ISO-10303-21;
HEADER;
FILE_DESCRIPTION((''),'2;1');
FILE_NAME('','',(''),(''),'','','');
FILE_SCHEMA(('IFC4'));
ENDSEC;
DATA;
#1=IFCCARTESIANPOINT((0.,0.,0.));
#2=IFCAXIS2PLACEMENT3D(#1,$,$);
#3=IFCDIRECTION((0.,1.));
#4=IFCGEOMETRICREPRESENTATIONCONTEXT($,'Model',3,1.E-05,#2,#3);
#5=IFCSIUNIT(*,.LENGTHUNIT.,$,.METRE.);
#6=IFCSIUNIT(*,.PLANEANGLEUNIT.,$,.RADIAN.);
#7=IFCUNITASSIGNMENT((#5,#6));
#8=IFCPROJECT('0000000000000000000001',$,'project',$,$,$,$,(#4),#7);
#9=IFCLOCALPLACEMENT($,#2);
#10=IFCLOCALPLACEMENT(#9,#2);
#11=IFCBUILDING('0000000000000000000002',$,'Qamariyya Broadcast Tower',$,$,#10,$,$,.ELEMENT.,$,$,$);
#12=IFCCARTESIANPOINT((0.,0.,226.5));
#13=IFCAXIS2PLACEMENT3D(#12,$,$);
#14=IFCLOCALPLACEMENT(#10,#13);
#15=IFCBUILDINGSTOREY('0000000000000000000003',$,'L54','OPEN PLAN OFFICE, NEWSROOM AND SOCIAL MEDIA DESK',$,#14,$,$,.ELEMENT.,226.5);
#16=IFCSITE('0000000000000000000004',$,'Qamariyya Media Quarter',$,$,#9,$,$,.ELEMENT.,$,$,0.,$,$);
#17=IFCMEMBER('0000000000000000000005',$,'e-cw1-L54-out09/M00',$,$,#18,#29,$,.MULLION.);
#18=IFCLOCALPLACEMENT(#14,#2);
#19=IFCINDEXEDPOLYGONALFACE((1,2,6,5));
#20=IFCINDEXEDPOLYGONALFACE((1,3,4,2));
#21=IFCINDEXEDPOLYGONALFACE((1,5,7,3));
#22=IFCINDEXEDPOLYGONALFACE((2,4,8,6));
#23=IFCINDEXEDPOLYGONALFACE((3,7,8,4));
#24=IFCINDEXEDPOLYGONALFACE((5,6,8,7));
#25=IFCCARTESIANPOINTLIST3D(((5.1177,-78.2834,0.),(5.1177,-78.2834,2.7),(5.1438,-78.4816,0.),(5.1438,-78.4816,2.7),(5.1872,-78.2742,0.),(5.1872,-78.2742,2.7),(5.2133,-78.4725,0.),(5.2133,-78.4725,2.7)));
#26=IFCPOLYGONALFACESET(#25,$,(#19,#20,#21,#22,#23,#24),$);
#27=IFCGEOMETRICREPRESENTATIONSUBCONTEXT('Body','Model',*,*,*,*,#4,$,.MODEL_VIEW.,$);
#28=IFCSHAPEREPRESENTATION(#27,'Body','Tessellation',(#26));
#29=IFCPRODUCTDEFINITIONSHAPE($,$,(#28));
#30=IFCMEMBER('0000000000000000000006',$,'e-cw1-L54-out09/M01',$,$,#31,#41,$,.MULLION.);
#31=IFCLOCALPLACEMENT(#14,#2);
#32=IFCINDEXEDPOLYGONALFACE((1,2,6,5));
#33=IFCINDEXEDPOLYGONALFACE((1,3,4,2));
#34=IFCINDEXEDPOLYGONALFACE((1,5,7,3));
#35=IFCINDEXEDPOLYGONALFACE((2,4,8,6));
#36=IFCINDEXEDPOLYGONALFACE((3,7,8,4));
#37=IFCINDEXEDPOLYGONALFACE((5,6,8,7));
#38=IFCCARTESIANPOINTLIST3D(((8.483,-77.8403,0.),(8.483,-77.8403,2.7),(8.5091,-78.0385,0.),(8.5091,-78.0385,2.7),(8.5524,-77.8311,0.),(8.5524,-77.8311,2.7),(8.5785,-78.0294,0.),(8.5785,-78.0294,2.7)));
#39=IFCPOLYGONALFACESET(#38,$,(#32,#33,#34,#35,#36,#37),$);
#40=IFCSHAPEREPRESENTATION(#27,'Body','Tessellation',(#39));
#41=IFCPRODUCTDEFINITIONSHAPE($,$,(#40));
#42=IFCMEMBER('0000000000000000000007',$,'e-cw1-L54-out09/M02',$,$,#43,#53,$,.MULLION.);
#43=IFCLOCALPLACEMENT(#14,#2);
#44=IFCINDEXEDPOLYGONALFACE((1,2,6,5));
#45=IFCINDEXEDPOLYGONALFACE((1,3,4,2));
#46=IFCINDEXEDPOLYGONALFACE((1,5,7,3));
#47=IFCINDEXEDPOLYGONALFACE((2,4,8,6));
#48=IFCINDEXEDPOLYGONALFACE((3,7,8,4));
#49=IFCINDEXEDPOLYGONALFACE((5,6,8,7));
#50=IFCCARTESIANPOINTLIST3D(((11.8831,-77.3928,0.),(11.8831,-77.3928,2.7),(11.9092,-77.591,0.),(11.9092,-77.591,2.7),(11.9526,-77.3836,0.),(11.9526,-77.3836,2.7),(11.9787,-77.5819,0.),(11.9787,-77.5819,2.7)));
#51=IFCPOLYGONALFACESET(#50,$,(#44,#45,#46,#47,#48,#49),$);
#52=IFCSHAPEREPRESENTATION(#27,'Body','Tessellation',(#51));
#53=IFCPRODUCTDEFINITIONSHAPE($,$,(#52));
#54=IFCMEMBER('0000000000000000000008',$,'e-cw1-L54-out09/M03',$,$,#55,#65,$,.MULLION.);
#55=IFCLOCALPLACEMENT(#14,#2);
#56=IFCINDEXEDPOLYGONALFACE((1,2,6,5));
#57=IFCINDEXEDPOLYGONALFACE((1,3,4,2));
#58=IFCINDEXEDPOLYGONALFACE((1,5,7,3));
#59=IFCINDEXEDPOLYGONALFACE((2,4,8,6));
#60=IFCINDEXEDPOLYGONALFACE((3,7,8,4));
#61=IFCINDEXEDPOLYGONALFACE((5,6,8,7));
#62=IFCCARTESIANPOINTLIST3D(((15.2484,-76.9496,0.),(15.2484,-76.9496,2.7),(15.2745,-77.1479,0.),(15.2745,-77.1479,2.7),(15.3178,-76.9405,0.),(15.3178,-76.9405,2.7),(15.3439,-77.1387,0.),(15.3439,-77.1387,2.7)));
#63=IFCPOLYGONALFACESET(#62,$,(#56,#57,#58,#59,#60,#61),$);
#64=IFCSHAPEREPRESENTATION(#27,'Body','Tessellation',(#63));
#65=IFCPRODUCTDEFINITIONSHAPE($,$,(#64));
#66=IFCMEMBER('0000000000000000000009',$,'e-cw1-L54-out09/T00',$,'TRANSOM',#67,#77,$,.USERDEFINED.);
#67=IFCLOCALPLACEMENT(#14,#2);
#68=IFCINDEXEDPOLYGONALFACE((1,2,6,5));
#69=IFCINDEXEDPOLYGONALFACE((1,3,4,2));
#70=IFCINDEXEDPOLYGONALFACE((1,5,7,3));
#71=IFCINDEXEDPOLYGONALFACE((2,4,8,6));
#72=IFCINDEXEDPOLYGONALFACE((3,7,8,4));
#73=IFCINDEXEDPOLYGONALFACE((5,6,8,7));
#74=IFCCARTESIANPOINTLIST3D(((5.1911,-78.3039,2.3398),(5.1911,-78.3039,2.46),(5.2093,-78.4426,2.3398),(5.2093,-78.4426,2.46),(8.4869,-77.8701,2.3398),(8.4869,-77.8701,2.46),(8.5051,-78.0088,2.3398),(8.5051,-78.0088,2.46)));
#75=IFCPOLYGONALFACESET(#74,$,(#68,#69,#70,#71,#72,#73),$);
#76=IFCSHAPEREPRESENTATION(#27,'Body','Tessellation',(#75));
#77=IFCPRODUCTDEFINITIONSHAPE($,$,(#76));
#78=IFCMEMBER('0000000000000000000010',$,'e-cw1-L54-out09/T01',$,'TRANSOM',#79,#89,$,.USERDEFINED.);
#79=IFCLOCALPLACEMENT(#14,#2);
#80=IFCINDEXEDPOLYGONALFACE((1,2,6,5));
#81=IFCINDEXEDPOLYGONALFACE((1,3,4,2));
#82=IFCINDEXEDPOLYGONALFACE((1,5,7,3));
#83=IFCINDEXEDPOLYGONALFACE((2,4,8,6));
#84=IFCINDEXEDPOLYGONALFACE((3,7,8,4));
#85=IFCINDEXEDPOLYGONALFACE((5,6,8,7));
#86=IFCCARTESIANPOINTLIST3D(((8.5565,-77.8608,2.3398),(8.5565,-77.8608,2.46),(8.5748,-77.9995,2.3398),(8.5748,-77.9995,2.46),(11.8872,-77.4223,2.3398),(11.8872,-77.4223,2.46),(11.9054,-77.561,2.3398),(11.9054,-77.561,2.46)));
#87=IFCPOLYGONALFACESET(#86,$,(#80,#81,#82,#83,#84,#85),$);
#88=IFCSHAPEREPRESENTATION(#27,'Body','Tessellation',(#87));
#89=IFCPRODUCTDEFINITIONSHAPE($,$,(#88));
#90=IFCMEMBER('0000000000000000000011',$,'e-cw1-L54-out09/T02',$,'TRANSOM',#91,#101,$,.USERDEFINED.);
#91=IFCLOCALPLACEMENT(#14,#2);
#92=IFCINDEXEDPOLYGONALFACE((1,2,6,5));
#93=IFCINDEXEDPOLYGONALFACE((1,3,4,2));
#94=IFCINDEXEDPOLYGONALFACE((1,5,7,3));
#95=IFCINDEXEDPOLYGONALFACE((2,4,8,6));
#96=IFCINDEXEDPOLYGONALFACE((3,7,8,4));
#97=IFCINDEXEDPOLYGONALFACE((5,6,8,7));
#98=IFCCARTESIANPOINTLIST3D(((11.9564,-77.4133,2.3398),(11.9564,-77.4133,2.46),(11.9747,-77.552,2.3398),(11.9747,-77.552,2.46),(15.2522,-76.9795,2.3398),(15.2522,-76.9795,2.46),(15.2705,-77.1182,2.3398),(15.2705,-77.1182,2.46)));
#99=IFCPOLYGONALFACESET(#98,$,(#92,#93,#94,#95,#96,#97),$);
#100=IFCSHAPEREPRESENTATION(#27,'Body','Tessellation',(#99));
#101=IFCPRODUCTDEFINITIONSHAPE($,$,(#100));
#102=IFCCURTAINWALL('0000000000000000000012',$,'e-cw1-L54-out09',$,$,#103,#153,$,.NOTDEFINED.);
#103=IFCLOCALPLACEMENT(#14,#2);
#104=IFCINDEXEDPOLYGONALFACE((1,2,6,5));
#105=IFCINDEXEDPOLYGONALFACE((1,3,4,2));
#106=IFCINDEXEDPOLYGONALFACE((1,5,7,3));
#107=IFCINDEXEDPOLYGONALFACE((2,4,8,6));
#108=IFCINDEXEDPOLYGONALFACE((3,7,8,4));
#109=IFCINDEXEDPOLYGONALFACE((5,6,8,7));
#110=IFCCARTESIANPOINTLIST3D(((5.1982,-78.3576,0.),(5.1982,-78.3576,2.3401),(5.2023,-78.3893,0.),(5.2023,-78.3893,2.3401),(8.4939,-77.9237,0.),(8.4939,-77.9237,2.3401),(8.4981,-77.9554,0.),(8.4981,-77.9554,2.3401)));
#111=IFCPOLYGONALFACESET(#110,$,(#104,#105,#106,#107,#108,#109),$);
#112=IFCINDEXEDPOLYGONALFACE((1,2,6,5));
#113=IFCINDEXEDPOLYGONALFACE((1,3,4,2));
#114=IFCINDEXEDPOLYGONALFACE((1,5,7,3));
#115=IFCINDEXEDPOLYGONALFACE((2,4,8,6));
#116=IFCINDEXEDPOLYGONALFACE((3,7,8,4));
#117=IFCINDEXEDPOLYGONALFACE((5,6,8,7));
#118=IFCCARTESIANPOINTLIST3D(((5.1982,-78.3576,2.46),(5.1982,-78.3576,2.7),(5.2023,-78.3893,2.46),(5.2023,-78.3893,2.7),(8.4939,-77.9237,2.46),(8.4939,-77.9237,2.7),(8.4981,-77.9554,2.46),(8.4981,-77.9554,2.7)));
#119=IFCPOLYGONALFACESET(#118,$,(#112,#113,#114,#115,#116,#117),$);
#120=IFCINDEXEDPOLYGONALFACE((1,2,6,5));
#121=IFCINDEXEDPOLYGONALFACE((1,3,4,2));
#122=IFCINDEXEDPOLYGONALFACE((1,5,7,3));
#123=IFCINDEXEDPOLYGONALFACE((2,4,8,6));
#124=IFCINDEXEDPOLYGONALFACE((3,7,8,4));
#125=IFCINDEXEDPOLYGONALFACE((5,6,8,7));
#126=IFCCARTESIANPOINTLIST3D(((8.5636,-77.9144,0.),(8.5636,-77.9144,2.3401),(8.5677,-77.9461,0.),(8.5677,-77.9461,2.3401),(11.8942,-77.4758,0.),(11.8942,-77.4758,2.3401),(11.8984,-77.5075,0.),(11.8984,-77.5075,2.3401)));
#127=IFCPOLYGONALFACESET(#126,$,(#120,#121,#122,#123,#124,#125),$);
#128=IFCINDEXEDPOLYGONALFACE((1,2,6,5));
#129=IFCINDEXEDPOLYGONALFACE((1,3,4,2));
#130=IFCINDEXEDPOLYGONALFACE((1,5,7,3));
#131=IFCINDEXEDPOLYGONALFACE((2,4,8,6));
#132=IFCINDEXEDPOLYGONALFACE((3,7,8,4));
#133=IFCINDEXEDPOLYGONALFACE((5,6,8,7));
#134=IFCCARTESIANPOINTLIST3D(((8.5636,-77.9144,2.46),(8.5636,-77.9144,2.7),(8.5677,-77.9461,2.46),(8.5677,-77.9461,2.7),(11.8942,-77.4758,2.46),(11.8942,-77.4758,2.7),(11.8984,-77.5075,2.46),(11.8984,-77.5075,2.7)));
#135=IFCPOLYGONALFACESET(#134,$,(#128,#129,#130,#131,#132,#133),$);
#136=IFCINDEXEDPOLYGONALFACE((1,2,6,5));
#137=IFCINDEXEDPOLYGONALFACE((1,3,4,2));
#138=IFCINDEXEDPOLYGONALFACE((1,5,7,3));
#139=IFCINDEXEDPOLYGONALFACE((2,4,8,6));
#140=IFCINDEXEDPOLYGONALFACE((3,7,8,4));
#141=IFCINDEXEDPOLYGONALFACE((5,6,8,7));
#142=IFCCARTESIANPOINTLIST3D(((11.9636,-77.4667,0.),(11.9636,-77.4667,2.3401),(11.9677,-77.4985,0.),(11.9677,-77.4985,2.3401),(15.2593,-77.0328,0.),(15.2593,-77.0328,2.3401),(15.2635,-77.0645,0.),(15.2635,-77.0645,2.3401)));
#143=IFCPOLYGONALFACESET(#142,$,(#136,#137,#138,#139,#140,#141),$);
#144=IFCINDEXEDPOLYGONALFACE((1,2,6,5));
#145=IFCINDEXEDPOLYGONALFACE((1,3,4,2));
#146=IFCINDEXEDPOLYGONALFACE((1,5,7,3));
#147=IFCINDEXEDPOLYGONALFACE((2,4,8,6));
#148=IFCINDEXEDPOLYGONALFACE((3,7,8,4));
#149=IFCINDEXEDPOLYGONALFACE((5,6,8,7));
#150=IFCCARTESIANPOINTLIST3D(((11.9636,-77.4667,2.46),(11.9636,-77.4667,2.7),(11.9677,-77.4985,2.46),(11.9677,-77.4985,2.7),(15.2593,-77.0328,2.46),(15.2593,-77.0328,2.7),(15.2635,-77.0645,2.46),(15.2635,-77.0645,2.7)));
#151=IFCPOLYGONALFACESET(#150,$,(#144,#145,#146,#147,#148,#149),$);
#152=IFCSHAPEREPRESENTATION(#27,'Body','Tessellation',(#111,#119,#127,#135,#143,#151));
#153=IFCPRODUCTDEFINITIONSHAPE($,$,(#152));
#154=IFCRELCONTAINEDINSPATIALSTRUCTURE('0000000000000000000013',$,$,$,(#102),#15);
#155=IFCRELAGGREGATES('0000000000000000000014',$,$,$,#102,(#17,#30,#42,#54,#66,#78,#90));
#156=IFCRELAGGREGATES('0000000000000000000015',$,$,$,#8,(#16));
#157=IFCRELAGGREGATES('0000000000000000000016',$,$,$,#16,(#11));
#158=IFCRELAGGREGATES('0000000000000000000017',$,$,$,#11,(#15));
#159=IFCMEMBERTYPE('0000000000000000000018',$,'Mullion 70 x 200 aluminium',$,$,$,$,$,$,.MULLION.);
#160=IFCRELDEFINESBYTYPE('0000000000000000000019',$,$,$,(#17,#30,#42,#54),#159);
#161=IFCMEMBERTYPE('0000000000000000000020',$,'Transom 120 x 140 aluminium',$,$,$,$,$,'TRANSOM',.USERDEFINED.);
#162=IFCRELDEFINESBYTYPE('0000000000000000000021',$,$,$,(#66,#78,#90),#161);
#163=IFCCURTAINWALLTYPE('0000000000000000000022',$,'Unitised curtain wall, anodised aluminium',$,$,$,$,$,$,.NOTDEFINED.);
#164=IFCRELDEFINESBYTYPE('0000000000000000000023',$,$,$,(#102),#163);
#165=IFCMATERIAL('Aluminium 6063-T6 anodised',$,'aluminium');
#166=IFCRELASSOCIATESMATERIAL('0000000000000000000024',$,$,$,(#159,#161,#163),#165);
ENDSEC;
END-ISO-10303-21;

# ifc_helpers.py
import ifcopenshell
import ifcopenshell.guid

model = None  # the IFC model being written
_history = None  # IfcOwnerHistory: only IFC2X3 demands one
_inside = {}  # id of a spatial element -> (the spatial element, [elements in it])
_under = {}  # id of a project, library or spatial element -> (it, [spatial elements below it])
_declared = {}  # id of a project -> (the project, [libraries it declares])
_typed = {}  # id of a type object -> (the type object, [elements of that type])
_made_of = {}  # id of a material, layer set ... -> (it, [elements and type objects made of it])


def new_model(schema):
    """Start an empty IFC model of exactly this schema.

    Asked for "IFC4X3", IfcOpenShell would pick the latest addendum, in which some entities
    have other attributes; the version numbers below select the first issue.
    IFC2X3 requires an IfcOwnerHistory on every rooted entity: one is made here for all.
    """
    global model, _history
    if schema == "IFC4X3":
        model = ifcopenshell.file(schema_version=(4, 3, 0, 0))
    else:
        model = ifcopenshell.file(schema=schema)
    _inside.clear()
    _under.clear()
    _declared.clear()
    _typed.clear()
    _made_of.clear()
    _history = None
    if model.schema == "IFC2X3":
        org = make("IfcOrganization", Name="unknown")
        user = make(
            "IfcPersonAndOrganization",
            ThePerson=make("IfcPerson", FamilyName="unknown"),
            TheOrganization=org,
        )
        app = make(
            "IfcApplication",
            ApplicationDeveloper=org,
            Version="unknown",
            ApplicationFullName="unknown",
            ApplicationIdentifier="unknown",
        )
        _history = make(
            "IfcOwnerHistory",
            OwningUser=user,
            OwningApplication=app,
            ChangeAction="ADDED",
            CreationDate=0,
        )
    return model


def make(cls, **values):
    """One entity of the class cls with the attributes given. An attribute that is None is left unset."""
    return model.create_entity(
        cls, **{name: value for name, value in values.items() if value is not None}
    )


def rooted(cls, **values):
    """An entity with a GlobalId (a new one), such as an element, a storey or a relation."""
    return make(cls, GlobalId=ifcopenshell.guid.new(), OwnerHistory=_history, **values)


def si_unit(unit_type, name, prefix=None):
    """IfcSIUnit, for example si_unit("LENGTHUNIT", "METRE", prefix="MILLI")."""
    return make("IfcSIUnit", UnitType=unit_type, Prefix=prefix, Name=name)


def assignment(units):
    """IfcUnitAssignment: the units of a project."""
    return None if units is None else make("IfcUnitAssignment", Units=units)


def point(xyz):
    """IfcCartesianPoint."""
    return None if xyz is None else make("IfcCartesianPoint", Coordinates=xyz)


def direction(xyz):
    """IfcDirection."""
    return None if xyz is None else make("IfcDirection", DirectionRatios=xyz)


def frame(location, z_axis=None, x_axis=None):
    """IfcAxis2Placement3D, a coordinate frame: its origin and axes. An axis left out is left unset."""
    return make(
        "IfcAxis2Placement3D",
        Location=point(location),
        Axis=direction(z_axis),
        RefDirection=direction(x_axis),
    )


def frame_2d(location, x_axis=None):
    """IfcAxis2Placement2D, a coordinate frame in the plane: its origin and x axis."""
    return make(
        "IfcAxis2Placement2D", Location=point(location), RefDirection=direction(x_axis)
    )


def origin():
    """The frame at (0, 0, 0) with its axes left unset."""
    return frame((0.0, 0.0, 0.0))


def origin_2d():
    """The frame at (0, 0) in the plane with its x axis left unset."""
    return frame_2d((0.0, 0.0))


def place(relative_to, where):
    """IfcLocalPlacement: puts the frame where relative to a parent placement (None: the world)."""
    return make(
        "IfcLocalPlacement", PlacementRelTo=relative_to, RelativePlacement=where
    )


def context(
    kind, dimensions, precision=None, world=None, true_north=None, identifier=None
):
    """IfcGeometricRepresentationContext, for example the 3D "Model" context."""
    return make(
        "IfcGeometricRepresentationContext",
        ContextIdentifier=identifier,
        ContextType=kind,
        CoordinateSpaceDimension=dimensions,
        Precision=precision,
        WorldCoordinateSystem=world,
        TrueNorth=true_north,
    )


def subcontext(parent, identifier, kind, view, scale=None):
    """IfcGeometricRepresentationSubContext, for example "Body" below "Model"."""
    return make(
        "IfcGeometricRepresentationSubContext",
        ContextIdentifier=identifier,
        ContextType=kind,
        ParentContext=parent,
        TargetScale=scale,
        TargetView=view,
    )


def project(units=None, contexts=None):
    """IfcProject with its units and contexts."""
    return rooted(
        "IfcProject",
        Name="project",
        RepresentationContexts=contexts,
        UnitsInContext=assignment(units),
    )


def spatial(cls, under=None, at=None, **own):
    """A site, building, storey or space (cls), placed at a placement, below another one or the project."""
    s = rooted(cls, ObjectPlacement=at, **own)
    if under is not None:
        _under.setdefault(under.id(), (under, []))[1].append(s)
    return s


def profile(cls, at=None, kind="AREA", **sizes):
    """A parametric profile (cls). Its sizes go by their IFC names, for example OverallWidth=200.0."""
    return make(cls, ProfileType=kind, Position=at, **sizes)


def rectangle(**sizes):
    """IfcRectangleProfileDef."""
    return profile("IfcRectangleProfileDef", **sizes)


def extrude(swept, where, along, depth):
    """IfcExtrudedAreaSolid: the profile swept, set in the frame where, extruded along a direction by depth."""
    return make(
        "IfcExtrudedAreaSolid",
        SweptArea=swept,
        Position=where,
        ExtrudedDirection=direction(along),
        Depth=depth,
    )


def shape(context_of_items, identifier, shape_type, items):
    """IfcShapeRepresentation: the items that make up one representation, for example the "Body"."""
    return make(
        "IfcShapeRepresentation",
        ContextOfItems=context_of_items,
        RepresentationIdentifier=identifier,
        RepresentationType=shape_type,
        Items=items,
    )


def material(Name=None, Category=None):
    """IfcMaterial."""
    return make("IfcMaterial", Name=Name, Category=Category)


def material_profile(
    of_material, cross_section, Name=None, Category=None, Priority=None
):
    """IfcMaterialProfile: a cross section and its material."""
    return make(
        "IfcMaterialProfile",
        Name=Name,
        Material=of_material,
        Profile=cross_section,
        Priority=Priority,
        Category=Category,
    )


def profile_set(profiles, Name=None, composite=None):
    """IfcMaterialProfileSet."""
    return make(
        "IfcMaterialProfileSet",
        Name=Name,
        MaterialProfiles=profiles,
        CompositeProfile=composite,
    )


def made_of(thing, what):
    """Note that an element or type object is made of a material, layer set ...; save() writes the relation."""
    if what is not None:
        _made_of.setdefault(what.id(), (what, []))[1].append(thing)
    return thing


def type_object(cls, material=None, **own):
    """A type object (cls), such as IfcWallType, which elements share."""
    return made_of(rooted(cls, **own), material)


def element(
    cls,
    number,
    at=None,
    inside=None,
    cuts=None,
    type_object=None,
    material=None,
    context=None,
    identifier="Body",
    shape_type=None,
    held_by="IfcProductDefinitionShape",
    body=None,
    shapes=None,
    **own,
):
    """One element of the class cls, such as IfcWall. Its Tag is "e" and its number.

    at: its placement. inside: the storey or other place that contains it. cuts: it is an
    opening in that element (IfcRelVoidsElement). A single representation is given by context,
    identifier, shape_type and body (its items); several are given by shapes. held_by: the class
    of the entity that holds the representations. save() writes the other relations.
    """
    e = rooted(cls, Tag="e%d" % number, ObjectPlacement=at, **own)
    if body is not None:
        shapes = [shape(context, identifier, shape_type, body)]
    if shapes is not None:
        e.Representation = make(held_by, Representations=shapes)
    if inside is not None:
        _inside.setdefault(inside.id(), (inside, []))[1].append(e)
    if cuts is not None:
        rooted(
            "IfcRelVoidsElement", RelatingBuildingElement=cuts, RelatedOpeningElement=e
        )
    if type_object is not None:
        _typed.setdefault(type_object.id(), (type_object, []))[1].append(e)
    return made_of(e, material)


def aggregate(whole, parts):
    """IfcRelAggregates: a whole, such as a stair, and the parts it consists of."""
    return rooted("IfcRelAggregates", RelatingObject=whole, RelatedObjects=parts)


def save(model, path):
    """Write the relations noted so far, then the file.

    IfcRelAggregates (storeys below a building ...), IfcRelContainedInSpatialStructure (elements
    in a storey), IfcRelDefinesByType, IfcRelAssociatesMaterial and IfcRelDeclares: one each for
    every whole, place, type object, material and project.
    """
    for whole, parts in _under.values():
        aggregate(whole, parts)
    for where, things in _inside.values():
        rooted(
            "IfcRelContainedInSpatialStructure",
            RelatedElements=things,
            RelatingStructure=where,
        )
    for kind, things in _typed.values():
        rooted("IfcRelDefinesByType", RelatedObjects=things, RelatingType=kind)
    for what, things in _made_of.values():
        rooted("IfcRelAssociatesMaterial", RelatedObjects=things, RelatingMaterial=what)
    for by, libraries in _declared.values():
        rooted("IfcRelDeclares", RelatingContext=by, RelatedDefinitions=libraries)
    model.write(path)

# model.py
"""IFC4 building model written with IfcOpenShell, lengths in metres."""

from ifc_helpers import new_model, si_unit, direction, frame, origin, origin_2d, place, context, subcontext, project, spatial, rectangle, extrude, material, material_profile, profile_set, type_object, element, aggregate, save


model = new_model("IFC4")

# Units and contexts
model_context = context("Model", 3, precision=1e-05, world=origin(), true_north=direction((0.0, 1.0)))
body_context = subcontext(model_context, "Body", "Model", "MODEL_VIEW")
ifc_project = project(units=[si_unit("LENGTHUNIT", "METRE"), si_unit("PLANEANGLEUNIT", "RADIAN")], contexts=[model_context])

# Members
ifc_material = material(Name="Aluminium 6063-T6 anodised", Category="aluminium")
ifc_material_profile_1 = material_profile(ifc_material, rectangle(XDim=0.2, YDim=0.0701, at=origin_2d()))
ifc_profile_set_1 = profile_set([ifc_material_profile_1], Name="Aluminium 6063-T6 anodised")
member_type_1 = type_object("IfcMemberType", Name="Mullion 70 x 200 aluminium", PredefinedType="MULLION", material=ifc_profile_set_1)
site_placement = place(None, origin())
building_placement = place(site_placement, origin())
storey_placement = place(building_placement, frame((0.0, 0.0, 226.5)))
member_1_placement = place(storey_placement, frame((5.1655, -78.3779, 0.0), z_axis=(0.0, 0.0, 1.0), x_axis=(-0.130526, 0.991445, 0.0)))
member_1 = element("IfcMember", 1, at=member_1_placement, type_object=member_type_1, Name="e-cw1-L54-out09/M00", PredefinedType="MULLION", context=body_context, shape_type="SweptSolid", body=[
    extrude(rectangle(XDim=0.2, YDim=0.0701, at=origin_2d()), origin(), (0.0, 0.0, 1.0), 2.7),
])
member_2_placement = place(storey_placement, frame((8.5308, -77.9348, 0.0), z_axis=(0.0, 0.0, 1.0), x_axis=(-0.130526, 0.991445, 0.0)))
member_2 = element("IfcMember", 2, at=member_2_placement, type_object=member_type_1, Name="e-cw1-L54-out09/M01", PredefinedType="MULLION", context=body_context, shape_type="SweptSolid", body=[
    extrude(rectangle(XDim=0.2, YDim=0.0701, at=origin_2d()), origin(), (0.0, 0.0, 1.0), 2.7),
])
member_3_placement = place(storey_placement, frame((11.9309, -77.4873, 0.0), z_axis=(0.0, 0.0, 1.0), x_axis=(-0.130526, 0.991445, 0.0)))
member_3 = element("IfcMember", 3, at=member_3_placement, type_object=member_type_1, Name="e-cw1-L54-out09/M02", PredefinedType="MULLION", context=body_context, shape_type="SweptSolid", body=[
    extrude(rectangle(XDim=0.2, YDim=0.0701, at=origin_2d()), origin(), (0.0, 0.0, 1.0), 2.7),
])
member_4_placement = place(storey_placement, frame((15.2961, -77.0442, 0.0), z_axis=(0.0, 0.0, 1.0), x_axis=(-0.130526, 0.991445, 0.0)))
member_4 = element("IfcMember", 4, at=member_4_placement, type_object=member_type_1, Name="e-cw1-L54-out09/M03", PredefinedType="MULLION", context=body_context, shape_type="SweptSolid", body=[
    extrude(rectangle(XDim=0.2, YDim=0.0701, at=origin_2d()), origin(), (0.0, 0.0, 1.0), 2.7),
])
ifc_material_profile_2 = material_profile(ifc_material, rectangle(XDim=0.1399, YDim=0.1201, at=origin_2d()))
ifc_profile_set_2 = profile_set([ifc_material_profile_2], Name="Aluminium 6063-T6 anodised")
member_type_2 = type_object("IfcMemberType", Name="Transom 120 x 140 aluminium", ElementType="TRANSOM", PredefinedType="USERDEFINED", material=ifc_profile_set_2)
member_5_placement = place(storey_placement, frame((5.2002, -78.3733, 2.3999), z_axis=(0.991448, 0.130504, 0.0), x_axis=(-0.130504, 0.991448, 0.0)))
member_5 = element("IfcMember", 5, at=member_5_placement, type_object=member_type_2, Name="e-cw1-L54-out09/T00", ObjectType="TRANSOM", PredefinedType="USERDEFINED", context=body_context, shape_type="SweptSolid", body=[
    extrude(rectangle(XDim=0.1399, YDim=0.1201, at=origin_2d()), origin(), (0.0, 0.0, 1.0), 3.3242),
])
member_6_placement = place(storey_placement, frame((8.5657, -77.9302, 2.3999), z_axis=(0.991445, 0.130526, 0.0), x_axis=(-0.130526, 0.991445, 0.0)))
member_6 = element("IfcMember", 6, at=member_6_placement, type_object=member_type_2, Name="e-cw1-L54-out09/T01", ObjectType="TRANSOM", PredefinedType="USERDEFINED", context=body_context, shape_type="SweptSolid", body=[
    extrude(rectangle(XDim=0.1399, YDim=0.1201, at=origin_2d()), origin(), (0.0, 0.0, 1.0), 3.3594),
])
member_7_placement = place(storey_placement, frame((11.9656, -77.4827, 2.3999), z_axis=(0.991448, 0.130504, 0.0), x_axis=(-0.130504, 0.991448, 0.0)))
member_7 = element("IfcMember", 7, at=member_7_placement, type_object=member_type_2, Name="e-cw1-L54-out09/T02", ObjectType="TRANSOM", PredefinedType="USERDEFINED", context=body_context, shape_type="SweptSolid", body=[
    extrude(rectangle(XDim=0.1399, YDim=0.1201, at=origin_2d()), origin(), (0.0, 0.0, 1.0), 3.3242),
])

# Site, building, storey
site = spatial("IfcSite", under=ifc_project, at=site_placement, Name="Qamariyya Media Quarter", CompositionType="ELEMENT", RefElevation=0.0)
building = spatial("IfcBuilding", under=site, at=building_placement, Name="Qamariyya Broadcast Tower", CompositionType="ELEMENT")
storey = spatial("IfcBuildingStorey", under=building, at=storey_placement, Name="L54", Description="OPEN PLAN OFFICE, NEWSROOM AND SOCIAL MEDIA DESK", CompositionType="ELEMENT", Elevation=226.5)

# Curtain wall
curtain_wall_type = type_object("IfcCurtainWallType", Name="Unitised curtain wall, anodised aluminium", PredefinedType="NOTDEFINED", material=ifc_material)
curtain_wall_1_placement = place(storey_placement, origin())
curtain_wall_1 = element("IfcCurtainWall", 8, at=curtain_wall_1_placement, inside=storey, type_object=curtain_wall_type, Name="e-cw1-L54-out09", PredefinedType="NOTDEFINED", context=body_context, shape_type="SweptSolid", body=[
    extrude(rectangle(XDim=3.3242, YDim=0.032, at=origin_2d()), frame((6.8481, -78.1565, 0.0), x_axis=(0.991443, 0.130542, 0.0)), (0.0, 0.0, 1.0), 2.3401),
    extrude(rectangle(XDim=3.3242, YDim=0.032, at=origin_2d()), frame((6.8481, -78.1565, 2.46), x_axis=(0.991443, 0.130542, 0.0)), (0.0, 0.0, 1.0), 0.24),
    extrude(rectangle(XDim=3.3594, YDim=0.032, at=origin_2d()), frame((10.231, -77.7109, 0.0), x_axis=(0.991443, 0.130542, 0.0)), (0.0, 0.0, 1.0), 2.3401),
    extrude(rectangle(XDim=3.3594, YDim=0.032, at=origin_2d()), frame((10.231, -77.7109, 2.46), x_axis=(0.991443, 0.130542, 0.0)), (0.0, 0.0, 1.0), 0.24),
    extrude(rectangle(XDim=3.3242, YDim=0.032, at=origin_2d()), frame((13.6135, -77.2656, 0.0), x_axis=(0.991443, 0.130542, 0.0)), (0.0, 0.0, 1.0), 2.3401),
    extrude(rectangle(XDim=3.3242, YDim=0.032, at=origin_2d()), frame((13.6135, -77.2656, 2.46), x_axis=(0.991443, 0.130542, 0.0)), (0.0, 0.0, 1.0), 0.24),
])
aggregate(curtain_wall_1, [member_1, member_2, member_3, member_4, member_5, member_6, member_7])

save(model, "model.ifc")
